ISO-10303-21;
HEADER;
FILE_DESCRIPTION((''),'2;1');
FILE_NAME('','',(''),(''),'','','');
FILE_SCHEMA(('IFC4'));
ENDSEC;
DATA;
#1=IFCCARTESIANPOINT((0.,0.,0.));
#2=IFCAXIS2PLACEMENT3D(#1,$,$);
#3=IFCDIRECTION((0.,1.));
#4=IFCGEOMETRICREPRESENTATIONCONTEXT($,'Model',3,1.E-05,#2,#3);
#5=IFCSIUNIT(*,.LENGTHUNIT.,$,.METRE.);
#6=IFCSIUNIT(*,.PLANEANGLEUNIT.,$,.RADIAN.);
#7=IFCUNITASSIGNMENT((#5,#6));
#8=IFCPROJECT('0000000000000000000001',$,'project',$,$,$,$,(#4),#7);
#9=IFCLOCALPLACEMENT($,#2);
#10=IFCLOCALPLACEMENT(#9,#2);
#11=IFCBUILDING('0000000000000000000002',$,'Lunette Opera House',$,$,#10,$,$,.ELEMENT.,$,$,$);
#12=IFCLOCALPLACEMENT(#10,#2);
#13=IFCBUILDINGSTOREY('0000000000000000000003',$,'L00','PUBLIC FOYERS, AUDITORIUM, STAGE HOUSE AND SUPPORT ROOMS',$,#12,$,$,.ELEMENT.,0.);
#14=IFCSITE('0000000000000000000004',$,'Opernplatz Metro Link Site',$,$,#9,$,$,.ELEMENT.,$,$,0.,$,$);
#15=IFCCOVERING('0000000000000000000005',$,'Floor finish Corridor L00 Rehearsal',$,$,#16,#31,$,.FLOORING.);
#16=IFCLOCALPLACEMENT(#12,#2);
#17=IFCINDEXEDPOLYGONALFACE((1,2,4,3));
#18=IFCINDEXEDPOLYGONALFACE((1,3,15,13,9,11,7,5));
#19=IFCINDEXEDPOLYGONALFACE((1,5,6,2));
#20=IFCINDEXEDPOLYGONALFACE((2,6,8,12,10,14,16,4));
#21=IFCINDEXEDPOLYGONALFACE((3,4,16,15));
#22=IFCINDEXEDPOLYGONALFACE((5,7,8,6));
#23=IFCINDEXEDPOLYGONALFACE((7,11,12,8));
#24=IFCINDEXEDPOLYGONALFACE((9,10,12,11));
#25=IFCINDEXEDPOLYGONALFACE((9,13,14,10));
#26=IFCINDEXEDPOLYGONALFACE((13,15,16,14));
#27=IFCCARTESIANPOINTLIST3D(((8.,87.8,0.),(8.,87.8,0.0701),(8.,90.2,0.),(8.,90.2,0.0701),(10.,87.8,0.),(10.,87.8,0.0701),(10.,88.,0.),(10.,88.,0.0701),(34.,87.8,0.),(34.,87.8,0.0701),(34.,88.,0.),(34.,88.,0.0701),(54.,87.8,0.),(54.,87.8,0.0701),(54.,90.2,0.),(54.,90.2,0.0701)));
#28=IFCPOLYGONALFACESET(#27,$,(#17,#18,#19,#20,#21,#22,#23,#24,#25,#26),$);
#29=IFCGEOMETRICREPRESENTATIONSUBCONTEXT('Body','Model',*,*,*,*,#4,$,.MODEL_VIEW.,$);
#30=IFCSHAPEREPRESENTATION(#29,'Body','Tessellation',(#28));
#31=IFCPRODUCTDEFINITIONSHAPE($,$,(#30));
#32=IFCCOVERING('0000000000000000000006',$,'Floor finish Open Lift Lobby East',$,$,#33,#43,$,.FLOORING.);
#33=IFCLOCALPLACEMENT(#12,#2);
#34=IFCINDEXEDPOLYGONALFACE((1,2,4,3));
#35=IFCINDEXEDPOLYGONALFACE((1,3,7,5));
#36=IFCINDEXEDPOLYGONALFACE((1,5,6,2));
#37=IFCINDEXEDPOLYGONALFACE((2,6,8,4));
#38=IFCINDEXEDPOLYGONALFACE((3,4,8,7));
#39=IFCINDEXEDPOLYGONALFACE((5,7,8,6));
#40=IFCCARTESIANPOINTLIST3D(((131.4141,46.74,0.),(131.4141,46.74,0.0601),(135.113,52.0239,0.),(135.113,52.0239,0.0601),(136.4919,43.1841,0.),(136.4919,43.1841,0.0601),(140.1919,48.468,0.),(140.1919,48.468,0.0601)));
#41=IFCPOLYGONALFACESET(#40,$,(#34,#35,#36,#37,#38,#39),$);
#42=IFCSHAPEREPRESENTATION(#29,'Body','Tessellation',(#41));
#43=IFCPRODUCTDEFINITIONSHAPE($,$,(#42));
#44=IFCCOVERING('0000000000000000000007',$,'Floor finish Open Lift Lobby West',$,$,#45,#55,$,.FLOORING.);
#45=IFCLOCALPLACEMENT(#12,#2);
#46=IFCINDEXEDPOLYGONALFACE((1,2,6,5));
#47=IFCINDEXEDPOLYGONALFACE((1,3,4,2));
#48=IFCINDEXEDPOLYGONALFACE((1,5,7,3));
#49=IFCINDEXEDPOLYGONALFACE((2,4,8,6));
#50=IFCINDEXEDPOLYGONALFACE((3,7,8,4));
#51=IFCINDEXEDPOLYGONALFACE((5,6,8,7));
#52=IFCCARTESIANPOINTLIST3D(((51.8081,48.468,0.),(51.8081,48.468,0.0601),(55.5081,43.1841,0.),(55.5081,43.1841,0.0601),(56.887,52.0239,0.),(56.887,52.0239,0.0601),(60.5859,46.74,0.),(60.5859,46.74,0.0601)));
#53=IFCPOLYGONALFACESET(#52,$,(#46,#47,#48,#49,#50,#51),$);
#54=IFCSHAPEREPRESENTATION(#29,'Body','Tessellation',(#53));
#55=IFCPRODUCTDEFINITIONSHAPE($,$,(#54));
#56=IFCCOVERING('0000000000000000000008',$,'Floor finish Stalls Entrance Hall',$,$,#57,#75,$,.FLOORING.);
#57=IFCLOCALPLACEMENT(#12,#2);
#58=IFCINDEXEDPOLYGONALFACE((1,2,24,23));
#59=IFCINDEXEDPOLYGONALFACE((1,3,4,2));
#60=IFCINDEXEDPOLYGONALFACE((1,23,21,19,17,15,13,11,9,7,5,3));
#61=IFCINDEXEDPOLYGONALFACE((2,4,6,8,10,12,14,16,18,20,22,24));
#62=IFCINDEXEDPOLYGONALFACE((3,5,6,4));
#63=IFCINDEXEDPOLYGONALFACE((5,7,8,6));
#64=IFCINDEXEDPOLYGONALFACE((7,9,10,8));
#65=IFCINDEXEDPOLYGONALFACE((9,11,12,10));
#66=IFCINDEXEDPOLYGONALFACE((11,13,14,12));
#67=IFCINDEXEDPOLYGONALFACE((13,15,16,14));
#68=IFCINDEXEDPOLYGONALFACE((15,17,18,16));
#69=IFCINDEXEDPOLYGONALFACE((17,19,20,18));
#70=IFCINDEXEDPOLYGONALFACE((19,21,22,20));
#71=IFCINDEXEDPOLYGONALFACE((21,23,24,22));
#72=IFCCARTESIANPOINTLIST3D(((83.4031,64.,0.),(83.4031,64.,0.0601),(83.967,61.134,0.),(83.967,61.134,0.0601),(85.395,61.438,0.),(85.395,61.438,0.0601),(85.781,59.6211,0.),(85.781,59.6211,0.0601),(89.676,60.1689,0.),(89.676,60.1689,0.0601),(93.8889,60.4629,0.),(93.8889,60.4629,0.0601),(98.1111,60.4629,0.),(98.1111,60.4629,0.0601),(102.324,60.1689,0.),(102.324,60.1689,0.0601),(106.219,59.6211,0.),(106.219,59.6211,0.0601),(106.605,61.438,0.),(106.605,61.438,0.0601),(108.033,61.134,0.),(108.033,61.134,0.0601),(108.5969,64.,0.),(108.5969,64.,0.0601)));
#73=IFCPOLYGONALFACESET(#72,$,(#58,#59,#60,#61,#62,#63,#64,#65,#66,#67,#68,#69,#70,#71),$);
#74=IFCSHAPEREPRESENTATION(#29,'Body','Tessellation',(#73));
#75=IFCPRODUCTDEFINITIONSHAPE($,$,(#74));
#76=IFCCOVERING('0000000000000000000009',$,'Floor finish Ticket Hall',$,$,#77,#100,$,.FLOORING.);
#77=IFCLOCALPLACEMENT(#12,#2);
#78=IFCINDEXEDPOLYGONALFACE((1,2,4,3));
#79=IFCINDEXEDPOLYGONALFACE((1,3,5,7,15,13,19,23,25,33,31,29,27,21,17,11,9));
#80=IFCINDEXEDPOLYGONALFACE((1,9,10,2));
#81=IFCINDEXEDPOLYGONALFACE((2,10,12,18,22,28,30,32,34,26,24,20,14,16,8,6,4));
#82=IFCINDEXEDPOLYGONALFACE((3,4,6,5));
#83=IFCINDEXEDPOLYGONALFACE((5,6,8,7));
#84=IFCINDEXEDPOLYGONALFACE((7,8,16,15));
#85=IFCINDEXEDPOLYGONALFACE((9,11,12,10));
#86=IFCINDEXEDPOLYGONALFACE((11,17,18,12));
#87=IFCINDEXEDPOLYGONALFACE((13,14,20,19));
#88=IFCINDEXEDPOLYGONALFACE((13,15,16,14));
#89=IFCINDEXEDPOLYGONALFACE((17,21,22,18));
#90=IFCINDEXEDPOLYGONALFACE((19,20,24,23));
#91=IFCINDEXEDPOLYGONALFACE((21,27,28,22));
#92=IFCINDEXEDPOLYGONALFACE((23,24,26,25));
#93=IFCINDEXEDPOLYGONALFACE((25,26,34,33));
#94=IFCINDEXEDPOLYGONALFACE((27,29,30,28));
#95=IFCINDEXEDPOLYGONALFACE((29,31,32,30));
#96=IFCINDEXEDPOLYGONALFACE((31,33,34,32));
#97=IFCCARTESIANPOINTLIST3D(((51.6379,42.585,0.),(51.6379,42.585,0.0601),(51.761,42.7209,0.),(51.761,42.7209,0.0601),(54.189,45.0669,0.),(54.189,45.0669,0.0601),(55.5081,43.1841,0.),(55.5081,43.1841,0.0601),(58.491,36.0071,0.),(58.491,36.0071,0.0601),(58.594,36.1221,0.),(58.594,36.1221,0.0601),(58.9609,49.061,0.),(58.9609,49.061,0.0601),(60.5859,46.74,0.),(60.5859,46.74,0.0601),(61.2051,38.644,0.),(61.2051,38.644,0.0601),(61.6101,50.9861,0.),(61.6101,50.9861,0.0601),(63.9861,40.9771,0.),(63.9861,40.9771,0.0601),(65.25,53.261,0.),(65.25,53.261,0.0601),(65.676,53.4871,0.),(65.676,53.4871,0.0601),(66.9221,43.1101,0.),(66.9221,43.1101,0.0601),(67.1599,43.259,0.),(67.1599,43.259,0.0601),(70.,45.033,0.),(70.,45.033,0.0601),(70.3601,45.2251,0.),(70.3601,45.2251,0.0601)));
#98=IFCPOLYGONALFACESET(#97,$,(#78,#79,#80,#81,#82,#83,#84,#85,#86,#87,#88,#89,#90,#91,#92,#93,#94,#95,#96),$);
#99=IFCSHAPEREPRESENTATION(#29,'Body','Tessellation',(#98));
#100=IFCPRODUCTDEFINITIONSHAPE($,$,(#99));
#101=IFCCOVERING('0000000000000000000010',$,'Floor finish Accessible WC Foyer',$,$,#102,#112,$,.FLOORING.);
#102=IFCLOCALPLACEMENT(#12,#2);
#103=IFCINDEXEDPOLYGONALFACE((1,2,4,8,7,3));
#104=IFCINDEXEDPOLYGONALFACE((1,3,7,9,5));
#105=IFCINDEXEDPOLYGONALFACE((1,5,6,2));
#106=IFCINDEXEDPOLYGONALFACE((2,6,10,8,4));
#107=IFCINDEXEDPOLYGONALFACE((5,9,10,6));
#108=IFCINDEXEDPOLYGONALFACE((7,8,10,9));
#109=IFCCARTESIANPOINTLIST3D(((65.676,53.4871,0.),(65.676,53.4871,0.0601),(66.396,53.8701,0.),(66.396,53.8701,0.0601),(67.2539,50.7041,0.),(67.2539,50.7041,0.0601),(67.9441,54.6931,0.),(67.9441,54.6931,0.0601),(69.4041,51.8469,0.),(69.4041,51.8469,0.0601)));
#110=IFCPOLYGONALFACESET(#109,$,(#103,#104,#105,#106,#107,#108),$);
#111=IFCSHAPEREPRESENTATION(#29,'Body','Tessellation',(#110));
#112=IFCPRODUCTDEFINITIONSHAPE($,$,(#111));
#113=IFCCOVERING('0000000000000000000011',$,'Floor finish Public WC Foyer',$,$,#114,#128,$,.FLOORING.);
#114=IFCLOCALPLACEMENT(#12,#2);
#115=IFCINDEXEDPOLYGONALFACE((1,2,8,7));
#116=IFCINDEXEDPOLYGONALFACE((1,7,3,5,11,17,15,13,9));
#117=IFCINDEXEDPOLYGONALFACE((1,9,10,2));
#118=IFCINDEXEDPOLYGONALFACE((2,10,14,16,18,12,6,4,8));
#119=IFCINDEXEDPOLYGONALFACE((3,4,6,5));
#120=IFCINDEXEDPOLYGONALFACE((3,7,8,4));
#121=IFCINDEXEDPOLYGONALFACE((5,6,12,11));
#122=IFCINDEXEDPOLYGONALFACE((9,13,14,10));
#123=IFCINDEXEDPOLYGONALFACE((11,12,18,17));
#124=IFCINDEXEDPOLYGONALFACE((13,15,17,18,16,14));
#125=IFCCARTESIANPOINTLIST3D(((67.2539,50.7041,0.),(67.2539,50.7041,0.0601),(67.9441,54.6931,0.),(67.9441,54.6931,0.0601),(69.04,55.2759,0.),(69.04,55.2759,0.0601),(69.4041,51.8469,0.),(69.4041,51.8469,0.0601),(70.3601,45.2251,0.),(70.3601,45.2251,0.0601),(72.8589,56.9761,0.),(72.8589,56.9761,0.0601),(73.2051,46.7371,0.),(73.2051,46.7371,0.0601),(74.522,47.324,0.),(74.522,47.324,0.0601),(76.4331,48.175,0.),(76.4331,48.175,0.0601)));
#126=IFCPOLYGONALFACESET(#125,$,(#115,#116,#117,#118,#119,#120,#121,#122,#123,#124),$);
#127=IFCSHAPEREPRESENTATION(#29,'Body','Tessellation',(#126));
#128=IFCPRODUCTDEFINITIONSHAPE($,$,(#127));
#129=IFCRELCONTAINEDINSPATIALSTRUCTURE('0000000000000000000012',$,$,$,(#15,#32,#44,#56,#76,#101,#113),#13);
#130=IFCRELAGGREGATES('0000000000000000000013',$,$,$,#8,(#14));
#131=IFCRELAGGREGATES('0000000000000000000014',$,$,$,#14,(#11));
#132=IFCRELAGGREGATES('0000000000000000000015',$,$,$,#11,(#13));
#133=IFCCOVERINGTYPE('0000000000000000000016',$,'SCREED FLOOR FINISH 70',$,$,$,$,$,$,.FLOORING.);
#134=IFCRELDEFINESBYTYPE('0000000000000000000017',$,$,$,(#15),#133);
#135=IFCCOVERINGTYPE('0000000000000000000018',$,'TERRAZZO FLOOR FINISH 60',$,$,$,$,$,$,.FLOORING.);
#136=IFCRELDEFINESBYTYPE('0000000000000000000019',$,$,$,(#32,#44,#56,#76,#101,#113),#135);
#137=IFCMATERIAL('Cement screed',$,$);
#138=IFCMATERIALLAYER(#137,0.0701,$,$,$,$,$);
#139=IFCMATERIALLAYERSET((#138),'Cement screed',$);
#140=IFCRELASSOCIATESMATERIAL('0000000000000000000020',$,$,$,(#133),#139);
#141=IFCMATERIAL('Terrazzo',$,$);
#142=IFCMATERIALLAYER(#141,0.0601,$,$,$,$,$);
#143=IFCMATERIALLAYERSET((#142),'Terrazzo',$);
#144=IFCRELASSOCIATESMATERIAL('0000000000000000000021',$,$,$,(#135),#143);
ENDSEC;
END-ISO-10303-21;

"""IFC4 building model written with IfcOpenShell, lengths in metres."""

from ifc_helpers import new_model, si_unit, direction, origin, place, context, subcontext, project, spatial, polyline, outline, extrude, material, layer, layer_set, type_object, element, save


model = new_model("IFC4")

# Units and contexts
model_context = context("Model", 3, precision=1e-05, world=origin(), true_north=direction((0.0, 1.0)))
body_context = subcontext(model_context, "Body", "Model", "MODEL_VIEW")
ifc_project = project(units=[si_unit("LENGTHUNIT", "METRE"), si_unit("PLANEANGLEUNIT", "RADIAN")], contexts=[model_context])

# Site, building, storey
site_placement = place(None, origin())
site = spatial("IfcSite", under=ifc_project, at=site_placement, Name="Opernplatz Metro Link Site", CompositionType="ELEMENT", RefElevation=0.0)
building_placement = place(site_placement, origin())
building = spatial("IfcBuilding", under=site, at=building_placement, Name="Lunette Opera House", CompositionType="ELEMENT")
storey_placement = place(building_placement, origin())
storey = spatial("IfcBuildingStorey", under=building, at=storey_placement, Name="L00", Description="PUBLIC FOYERS, AUDITORIUM, STAGE HOUSE AND SUPPORT ROOMS", CompositionType="ELEMENT", Elevation=0.0)

# Coverings
ifc_material_1 = material(Name="Cement screed")
ifc_layer_1 = layer(ifc_material_1, 0.0701)
ifc_layer_set_1 = layer_set([ifc_layer_1], Name="Cement screed")
covering_type_1 = type_object("IfcCoveringType", Name="SCREED FLOOR FINISH 70", PredefinedType="FLOORING", material=ifc_layer_set_1)
covering_1_placement = place(storey_placement, origin())
element("IfcCovering", 1, at=covering_1_placement, inside=storey, type_object=covering_type_1, Name="Floor finish Corridor L00 Rehearsal", PredefinedType="FLOORING", context=body_context, shape_type="SweptSolid", body=[
    extrude(outline(polyline([(8.0, 90.2), (54.0, 90.2), (54.0, 87.8), (34.0, 87.8), (34.0, 88.0), (10.0, 88.0), (10.0, 87.8), (8.0, 87.8), (8.0, 90.2)])), origin(), (0.0, 0.0, 1.0), 0.0701),
])
ifc_material_2 = material(Name="Terrazzo")
ifc_layer_2 = layer(ifc_material_2, 0.0601)
ifc_layer_set_2 = layer_set([ifc_layer_2], Name="Terrazzo")
covering_type_2 = type_object("IfcCoveringType", Name="TERRAZZO FLOOR FINISH 60", PredefinedType="FLOORING", material=ifc_layer_set_2)
covering_2_placement = place(storey_placement, origin())
element("IfcCovering", 2, at=covering_2_placement, inside=storey, type_object=covering_type_2, Name="Floor finish Open Lift Lobby East", PredefinedType="FLOORING", context=body_context, shape_type="SweptSolid", body=[
    extrude(outline(polyline([(131.4141, 46.74), (136.4919, 43.1841), (140.1919, 48.468), (135.113, 52.0239), (131.4141, 46.74)])), origin(), (0.0, 0.0, 1.0), 0.0601),
])
covering_3_placement = place(storey_placement, origin())
element("IfcCovering", 3, at=covering_3_placement, inside=storey, type_object=covering_type_2, Name="Floor finish Open Lift Lobby West", PredefinedType="FLOORING", context=body_context, shape_type="SweptSolid", body=[
    extrude(outline(polyline([(60.5859, 46.74), (56.887, 52.0239), (51.8081, 48.468), (55.5081, 43.1841), (60.5859, 46.74)])), origin(), (0.0, 0.0, 1.0), 0.0601),
])
covering_4_placement = place(storey_placement, origin())
element("IfcCovering", 4, at=covering_4_placement, inside=storey, type_object=covering_type_2, Name="Floor finish Stalls Entrance Hall", PredefinedType="FLOORING", context=body_context, shape_type="SweptSolid", body=[
    extrude(outline(polyline([(108.033, 61.134), (106.605, 61.438), (106.219, 59.6211), (102.324, 60.1689), (98.1111, 60.4629), (93.8889, 60.4629), (89.676, 60.1689), (85.781, 59.6211), (85.395, 61.438), (83.967, 61.134), (83.4031, 64.0), (108.5969, 64.0), (108.033, 61.134)])), origin(), (0.0, 0.0, 1.0), 0.0601),
])
covering_5_placement = place(storey_placement, origin())
element("IfcCovering", 5, at=covering_5_placement, inside=storey, type_object=covering_type_2, Name="Floor finish Ticket Hall", PredefinedType="FLOORING", context=body_context, shape_type="SweptSolid", body=[
    extrude(outline(polyline([(67.1599, 43.259), (66.9221, 43.1101), (63.9861, 40.9771), (61.2051, 38.644), (58.594, 36.1221), (58.491, 36.0071), (51.6379, 42.585), (51.761, 42.7209), (54.189, 45.0669), (55.5081, 43.1841), (60.5859, 46.74), (58.9609, 49.061), (61.6101, 50.9861), (65.25, 53.261), (65.676, 53.4871), (70.3601, 45.2251), (70.0, 45.033), (67.1599, 43.259)])), origin(), (0.0, 0.0, 1.0), 0.0601),
])
covering_6_placement = place(storey_placement, origin())
element("IfcCovering", 6, at=covering_6_placement, inside=storey, type_object=covering_type_2, Name="Floor finish Accessible WC Foyer", PredefinedType="FLOORING", context=body_context, shape_type="SweptSolid", body=[
    extrude(outline(polyline([(66.396, 53.8701), (67.9441, 54.6931), (69.4041, 51.8469), (67.2539, 50.7041), (65.676, 53.4871), (66.396, 53.8701)])), origin(), (0.0, 0.0, 1.0), 0.0601),
])
covering_7_placement = place(storey_placement, origin())
element("IfcCovering", 7, at=covering_7_placement, inside=storey, type_object=covering_type_2, Name="Floor finish Public WC Foyer", PredefinedType="FLOORING", context=body_context, shape_type="SweptSolid", body=[
    extrude(outline(polyline([(70.3601, 45.2251), (67.2539, 50.7041), (69.4041, 51.8469), (67.9441, 54.6931), (69.04, 55.2759), (72.8589, 56.9761), (76.4331, 48.175), (74.522, 47.324), (73.2051, 46.7371), (70.3601, 45.2251)])), origin(), (0.0, 0.0, 1.0), 0.0601),
])

save(model, "model.ifc")
